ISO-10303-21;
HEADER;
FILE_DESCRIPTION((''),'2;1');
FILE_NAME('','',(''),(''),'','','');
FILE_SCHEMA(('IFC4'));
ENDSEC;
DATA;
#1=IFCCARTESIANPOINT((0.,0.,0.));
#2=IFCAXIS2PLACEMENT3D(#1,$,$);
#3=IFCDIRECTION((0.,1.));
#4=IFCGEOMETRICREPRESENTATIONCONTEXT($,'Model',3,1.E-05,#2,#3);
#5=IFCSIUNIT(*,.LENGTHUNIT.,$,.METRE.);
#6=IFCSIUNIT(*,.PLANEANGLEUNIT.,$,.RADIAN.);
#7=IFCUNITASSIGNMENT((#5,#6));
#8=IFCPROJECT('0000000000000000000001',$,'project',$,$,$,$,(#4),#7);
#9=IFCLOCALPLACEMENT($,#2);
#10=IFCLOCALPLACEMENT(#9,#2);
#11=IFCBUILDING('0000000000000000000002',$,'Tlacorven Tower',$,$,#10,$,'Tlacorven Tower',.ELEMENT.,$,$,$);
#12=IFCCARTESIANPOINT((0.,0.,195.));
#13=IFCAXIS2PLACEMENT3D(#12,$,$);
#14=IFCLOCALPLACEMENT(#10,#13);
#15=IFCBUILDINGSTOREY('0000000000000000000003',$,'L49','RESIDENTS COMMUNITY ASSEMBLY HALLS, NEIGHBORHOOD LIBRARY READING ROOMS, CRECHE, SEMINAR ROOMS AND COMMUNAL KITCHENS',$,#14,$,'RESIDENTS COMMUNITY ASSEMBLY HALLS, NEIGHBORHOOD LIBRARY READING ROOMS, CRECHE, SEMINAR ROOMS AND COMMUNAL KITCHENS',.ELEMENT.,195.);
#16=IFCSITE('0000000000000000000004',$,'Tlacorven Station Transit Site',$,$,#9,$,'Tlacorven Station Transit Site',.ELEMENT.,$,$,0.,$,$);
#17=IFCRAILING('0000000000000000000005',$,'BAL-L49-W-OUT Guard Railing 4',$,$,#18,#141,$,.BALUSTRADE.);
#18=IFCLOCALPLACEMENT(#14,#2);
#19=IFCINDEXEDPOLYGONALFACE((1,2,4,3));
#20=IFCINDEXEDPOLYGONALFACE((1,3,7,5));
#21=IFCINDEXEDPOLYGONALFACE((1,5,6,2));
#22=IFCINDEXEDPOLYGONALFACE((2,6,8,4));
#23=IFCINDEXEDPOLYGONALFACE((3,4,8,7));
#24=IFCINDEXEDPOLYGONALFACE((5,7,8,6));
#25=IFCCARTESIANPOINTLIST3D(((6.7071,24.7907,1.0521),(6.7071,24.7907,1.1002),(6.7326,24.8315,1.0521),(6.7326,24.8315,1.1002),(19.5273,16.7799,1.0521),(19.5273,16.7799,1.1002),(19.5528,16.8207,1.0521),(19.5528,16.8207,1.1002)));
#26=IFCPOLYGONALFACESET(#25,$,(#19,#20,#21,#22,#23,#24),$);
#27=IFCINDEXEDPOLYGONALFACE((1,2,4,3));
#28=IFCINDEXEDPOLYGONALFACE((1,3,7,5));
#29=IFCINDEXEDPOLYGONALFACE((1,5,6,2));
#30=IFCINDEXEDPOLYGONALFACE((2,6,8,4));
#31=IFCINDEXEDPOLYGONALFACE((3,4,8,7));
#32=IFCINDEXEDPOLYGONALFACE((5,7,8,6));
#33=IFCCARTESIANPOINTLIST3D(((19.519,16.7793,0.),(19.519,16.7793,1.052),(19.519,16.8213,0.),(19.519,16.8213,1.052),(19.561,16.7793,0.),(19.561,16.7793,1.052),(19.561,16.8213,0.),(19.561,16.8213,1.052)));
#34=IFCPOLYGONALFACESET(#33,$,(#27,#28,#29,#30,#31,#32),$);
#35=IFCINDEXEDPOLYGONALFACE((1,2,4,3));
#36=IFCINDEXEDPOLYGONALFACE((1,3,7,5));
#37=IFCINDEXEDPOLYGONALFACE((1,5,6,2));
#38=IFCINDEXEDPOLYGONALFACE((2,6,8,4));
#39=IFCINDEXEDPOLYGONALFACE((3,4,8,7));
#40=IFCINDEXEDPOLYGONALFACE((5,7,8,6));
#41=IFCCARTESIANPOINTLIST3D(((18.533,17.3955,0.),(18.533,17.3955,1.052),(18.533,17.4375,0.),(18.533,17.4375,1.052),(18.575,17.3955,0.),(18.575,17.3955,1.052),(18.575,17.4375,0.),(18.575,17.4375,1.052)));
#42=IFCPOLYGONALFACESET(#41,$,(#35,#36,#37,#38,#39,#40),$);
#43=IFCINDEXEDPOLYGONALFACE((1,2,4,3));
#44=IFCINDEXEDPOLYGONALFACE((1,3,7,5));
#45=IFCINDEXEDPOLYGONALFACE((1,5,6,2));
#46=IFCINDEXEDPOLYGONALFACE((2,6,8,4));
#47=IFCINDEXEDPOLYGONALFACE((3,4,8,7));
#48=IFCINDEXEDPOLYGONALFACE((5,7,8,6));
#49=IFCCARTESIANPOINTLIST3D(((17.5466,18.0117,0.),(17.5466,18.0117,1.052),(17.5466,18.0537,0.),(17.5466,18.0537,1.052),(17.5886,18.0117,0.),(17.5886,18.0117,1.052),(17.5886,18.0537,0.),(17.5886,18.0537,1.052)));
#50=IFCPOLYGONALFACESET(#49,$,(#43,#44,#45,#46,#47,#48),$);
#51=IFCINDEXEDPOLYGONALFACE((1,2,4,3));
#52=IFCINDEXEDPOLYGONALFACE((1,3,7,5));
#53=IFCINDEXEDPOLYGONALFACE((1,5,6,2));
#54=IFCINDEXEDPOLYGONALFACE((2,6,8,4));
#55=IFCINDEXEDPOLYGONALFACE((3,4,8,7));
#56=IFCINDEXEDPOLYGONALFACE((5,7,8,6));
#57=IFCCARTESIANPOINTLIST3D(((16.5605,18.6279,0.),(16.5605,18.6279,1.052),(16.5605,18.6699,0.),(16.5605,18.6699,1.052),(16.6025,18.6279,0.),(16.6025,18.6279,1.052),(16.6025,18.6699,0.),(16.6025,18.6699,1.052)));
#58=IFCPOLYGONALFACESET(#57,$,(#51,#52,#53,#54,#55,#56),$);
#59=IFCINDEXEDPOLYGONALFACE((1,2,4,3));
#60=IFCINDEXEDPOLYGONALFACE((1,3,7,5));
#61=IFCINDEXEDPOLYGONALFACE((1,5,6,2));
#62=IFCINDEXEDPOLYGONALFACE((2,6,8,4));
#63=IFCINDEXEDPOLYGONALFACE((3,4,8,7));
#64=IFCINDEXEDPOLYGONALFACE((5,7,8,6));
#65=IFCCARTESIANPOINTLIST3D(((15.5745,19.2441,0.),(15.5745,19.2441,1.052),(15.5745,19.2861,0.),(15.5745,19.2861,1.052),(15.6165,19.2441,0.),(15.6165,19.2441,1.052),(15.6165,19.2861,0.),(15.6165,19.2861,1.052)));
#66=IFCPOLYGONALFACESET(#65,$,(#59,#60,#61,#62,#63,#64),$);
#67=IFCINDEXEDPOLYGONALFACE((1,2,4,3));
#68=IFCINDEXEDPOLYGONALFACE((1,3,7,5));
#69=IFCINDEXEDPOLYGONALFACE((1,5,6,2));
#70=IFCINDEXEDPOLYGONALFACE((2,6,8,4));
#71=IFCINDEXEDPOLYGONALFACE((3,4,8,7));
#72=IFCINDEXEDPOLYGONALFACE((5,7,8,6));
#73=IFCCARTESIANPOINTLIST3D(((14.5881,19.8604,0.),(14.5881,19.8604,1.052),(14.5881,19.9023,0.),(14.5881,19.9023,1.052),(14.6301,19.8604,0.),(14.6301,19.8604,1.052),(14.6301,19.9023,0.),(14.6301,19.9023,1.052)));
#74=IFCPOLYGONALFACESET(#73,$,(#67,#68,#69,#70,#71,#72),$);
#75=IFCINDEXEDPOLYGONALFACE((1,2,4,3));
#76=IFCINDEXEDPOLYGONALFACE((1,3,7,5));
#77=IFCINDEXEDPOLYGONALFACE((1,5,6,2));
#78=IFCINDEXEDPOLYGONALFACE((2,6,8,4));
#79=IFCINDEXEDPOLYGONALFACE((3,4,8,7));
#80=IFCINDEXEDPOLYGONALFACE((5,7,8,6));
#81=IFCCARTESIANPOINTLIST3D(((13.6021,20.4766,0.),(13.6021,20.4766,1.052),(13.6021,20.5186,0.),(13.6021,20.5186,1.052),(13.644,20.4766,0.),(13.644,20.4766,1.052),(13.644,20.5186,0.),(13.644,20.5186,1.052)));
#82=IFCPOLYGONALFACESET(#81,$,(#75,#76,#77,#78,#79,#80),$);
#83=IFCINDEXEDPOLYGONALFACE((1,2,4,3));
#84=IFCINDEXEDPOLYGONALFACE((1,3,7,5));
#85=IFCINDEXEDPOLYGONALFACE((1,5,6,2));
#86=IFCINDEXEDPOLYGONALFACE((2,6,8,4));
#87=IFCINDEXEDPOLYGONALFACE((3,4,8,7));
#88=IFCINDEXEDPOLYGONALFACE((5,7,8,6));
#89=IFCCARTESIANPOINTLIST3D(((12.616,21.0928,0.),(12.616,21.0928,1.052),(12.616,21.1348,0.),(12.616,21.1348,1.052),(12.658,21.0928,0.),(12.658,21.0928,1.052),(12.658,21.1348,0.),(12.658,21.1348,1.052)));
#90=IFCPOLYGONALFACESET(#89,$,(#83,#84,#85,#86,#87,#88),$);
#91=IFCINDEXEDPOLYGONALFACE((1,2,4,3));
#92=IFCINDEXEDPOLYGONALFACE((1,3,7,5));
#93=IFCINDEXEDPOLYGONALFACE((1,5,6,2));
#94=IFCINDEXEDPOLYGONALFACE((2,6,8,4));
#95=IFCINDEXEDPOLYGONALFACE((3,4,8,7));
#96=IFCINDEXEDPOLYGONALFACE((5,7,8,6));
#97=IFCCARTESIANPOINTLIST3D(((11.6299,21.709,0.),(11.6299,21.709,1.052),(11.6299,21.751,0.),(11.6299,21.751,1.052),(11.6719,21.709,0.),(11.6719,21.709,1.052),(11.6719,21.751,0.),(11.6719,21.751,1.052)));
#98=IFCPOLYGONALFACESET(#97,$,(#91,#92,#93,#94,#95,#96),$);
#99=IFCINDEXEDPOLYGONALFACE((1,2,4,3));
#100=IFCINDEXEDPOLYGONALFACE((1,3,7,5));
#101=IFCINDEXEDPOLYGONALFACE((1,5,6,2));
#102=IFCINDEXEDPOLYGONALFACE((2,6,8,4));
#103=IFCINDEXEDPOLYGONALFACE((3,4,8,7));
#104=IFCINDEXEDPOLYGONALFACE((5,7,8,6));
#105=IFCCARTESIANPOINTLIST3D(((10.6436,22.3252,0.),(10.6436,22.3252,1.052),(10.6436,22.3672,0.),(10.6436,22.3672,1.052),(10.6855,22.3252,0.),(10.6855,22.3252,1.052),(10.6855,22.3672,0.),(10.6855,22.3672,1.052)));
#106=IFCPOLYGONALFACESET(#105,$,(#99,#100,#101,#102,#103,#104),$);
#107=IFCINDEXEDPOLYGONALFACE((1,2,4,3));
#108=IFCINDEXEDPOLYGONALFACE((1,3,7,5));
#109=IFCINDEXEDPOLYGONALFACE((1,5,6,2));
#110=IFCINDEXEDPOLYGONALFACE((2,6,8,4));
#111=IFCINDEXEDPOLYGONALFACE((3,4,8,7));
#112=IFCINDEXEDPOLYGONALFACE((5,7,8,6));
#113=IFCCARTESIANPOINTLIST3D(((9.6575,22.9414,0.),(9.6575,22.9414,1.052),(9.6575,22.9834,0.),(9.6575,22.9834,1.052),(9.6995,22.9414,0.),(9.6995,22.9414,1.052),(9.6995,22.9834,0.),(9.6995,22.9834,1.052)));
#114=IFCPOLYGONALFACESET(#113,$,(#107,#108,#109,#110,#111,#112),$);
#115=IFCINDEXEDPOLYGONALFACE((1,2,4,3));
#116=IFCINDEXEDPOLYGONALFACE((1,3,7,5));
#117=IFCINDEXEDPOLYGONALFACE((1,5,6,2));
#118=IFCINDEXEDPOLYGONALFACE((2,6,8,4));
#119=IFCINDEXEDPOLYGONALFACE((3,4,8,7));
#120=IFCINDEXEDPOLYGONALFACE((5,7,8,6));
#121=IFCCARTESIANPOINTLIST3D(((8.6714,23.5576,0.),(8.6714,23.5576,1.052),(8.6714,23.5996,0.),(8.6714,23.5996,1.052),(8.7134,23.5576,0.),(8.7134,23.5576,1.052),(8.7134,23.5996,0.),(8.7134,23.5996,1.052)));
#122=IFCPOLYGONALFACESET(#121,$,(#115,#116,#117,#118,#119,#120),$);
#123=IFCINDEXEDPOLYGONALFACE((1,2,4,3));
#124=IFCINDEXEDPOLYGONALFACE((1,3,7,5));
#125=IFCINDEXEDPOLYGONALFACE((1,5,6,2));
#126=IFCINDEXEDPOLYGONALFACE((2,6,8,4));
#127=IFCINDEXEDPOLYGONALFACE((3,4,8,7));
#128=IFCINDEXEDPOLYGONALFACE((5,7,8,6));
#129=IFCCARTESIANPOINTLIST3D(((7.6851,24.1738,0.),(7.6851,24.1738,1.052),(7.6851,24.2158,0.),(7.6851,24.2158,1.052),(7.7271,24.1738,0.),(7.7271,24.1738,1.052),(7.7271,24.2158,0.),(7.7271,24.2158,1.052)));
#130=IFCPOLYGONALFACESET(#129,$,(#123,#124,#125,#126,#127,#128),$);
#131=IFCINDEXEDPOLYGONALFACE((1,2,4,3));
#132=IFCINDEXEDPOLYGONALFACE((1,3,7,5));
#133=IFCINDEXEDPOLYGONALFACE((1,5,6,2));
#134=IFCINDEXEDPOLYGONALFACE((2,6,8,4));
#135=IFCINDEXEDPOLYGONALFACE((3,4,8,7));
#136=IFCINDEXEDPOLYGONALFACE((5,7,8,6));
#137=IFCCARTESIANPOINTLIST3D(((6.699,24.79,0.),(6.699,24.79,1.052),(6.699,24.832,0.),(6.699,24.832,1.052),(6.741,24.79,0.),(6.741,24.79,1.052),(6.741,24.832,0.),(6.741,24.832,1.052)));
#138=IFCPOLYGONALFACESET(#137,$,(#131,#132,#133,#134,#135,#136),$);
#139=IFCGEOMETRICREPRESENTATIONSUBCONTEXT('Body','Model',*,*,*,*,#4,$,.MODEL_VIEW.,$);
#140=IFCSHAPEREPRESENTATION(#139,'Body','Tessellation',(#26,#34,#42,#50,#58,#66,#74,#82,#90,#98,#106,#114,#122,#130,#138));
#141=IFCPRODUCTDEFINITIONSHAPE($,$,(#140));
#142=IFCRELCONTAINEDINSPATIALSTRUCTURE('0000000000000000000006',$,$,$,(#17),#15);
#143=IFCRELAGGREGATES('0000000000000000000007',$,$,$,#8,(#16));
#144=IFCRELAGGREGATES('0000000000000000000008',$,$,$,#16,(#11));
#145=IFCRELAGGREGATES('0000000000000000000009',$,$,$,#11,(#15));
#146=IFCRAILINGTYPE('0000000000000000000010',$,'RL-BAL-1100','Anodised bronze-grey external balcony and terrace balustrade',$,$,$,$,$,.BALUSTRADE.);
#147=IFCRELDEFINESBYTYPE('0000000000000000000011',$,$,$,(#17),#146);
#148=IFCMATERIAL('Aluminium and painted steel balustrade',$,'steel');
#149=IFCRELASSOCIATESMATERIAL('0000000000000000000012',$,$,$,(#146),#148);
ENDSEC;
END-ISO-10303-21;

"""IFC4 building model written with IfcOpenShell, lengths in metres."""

from ifc_helpers import new_model, si_unit, direction, frame, origin, origin_2d, place, context, subcontext, project, spatial, rectangle, extrude, source, transform, mapped, material, type_object, element, save


model = new_model("IFC4")

# Units and contexts
model_context = context("Model", 3, precision=1e-05, world=origin(), true_north=direction((0.0, 1.0)))
body_context = subcontext(model_context, "Body", "Model", "MODEL_VIEW")
ifc_project = project(units=[si_unit("LENGTHUNIT", "METRE"), si_unit("PLANEANGLEUNIT", "RADIAN")], contexts=[model_context])

# Site, building, storey
site_placement = place(None, origin())
site = spatial("IfcSite", under=ifc_project, at=site_placement, Name="Tlacorven Station Transit Site", LongName="Tlacorven Station Transit Site", CompositionType="ELEMENT", RefElevation=0.0)
building_placement = place(site_placement, origin())
building = spatial("IfcBuilding", under=site, at=building_placement, Name="Tlacorven Tower", LongName="Tlacorven Tower", CompositionType="ELEMENT")
storey_placement = place(building_placement, frame((0.0, 0.0, 195.0)))
storey = spatial("IfcBuildingStorey", under=building, at=storey_placement, Name="L49", Description="RESIDENTS COMMUNITY ASSEMBLY HALLS, NEIGHBORHOOD LIBRARY READING ROOMS, CRECHE, SEMINAR ROOMS AND COMMUNAL KITCHENS", LongName="RESIDENTS COMMUNITY ASSEMBLY HALLS, NEIGHBORHOOD LIBRARY READING ROOMS, CRECHE, SEMINAR ROOMS AND COMMUNAL KITCHENS", CompositionType="ELEMENT", Elevation=195.0)

# Railing
ifc_material_1 = material(Name="Aluminium and painted steel balustrade", Category="steel")
railing_type = type_object("IfcRailingType", Name="RL-BAL-1100", Description="Anodised bronze-grey external balcony and terrace balustrade", PredefinedType="BALUSTRADE", material=ifc_material_1)
shared_shape_1 = source(origin(), body_context, "Body", "SweptSolid", [
    extrude(rectangle(XDim=0.0481, YDim=0.0481, at=origin_2d()), frame((0.0, 0.0, 1.0762), z_axis=(-0.848052, 0.529913, 0.0), x_axis=(-0.529913, -0.848052, 0.0)), (0.0, 0.0, 1.0), 15.1172),
    extrude(rectangle(XDim=0.042, YDim=0.042, at=origin_2d()), origin(), (0.0, 0.0, 1.0), 1.052),
    extrude(rectangle(XDim=0.042, YDim=0.042, at=origin_2d()), frame((-0.9861, 0.6162, 0.0)), (0.0, 0.0, 1.0), 1.052),
    extrude(rectangle(XDim=0.042, YDim=0.042, at=origin_2d()), frame((-1.9724, 1.2324, 0.0)), (0.0, 0.0, 1.0), 1.052),
    extrude(rectangle(XDim=0.042, YDim=0.042, at=origin_2d()), frame((-2.9585, 1.8486, 0.0)), (0.0, 0.0, 1.0), 1.052),
    extrude(rectangle(XDim=0.042, YDim=0.042, at=origin_2d()), frame((-3.9446, 2.4648, 0.0)), (0.0, 0.0, 1.0), 1.052),
    extrude(rectangle(XDim=0.042, YDim=0.042, at=origin_2d()), frame((-4.9309, 3.0811, 0.0)), (0.0, 0.0, 1.0), 1.052),
    extrude(rectangle(XDim=0.042, YDim=0.042, at=origin_2d()), frame((-5.917, 3.6973, 0.0)), (0.0, 0.0, 1.0), 1.052),
    extrude(rectangle(XDim=0.042, YDim=0.042, at=origin_2d()), frame((-6.9031, 4.3135, 0.0)), (0.0, 0.0, 1.0), 1.052),
    extrude(rectangle(XDim=0.042, YDim=0.042, at=origin_2d()), frame((-7.8892, 4.9297, 0.0)), (0.0, 0.0, 1.0), 1.052),
    extrude(rectangle(XDim=0.042, YDim=0.042, at=origin_2d()), frame((-8.8755, 5.5459, 0.0)), (0.0, 0.0, 1.0), 1.052),
    extrude(rectangle(XDim=0.042, YDim=0.042, at=origin_2d()), frame((-9.8616, 6.1621, 0.0)), (0.0, 0.0, 1.0), 1.052),
    extrude(rectangle(XDim=0.042, YDim=0.042, at=origin_2d()), frame((-10.8477, 6.7783, 0.0)), (0.0, 0.0, 1.0), 1.052),
    extrude(rectangle(XDim=0.042, YDim=0.042, at=origin_2d()), frame((-11.834, 7.3945, 0.0)), (0.0, 0.0, 1.0), 1.052),
    extrude(rectangle(XDim=0.042, YDim=0.042, at=origin_2d()), frame((-12.8201, 8.0107, 0.0)), (0.0, 0.0, 1.0), 1.052),
])
railing_1_placement = place(storey_placement, frame((19.54, 16.8003, 0.0)))
element("IfcRailing", 1, at=railing_1_placement, inside=storey, type_object=railing_type, Name="BAL-L49-W-OUT Guard Railing 4", PredefinedType="BALUSTRADE", context=body_context, shape_type="MappedRepresentation", body=[
    mapped(shared_shape_1, transform((0.0, 0.0, 0.0), scale=1.0)),
])

save(model, "model.ifc")
